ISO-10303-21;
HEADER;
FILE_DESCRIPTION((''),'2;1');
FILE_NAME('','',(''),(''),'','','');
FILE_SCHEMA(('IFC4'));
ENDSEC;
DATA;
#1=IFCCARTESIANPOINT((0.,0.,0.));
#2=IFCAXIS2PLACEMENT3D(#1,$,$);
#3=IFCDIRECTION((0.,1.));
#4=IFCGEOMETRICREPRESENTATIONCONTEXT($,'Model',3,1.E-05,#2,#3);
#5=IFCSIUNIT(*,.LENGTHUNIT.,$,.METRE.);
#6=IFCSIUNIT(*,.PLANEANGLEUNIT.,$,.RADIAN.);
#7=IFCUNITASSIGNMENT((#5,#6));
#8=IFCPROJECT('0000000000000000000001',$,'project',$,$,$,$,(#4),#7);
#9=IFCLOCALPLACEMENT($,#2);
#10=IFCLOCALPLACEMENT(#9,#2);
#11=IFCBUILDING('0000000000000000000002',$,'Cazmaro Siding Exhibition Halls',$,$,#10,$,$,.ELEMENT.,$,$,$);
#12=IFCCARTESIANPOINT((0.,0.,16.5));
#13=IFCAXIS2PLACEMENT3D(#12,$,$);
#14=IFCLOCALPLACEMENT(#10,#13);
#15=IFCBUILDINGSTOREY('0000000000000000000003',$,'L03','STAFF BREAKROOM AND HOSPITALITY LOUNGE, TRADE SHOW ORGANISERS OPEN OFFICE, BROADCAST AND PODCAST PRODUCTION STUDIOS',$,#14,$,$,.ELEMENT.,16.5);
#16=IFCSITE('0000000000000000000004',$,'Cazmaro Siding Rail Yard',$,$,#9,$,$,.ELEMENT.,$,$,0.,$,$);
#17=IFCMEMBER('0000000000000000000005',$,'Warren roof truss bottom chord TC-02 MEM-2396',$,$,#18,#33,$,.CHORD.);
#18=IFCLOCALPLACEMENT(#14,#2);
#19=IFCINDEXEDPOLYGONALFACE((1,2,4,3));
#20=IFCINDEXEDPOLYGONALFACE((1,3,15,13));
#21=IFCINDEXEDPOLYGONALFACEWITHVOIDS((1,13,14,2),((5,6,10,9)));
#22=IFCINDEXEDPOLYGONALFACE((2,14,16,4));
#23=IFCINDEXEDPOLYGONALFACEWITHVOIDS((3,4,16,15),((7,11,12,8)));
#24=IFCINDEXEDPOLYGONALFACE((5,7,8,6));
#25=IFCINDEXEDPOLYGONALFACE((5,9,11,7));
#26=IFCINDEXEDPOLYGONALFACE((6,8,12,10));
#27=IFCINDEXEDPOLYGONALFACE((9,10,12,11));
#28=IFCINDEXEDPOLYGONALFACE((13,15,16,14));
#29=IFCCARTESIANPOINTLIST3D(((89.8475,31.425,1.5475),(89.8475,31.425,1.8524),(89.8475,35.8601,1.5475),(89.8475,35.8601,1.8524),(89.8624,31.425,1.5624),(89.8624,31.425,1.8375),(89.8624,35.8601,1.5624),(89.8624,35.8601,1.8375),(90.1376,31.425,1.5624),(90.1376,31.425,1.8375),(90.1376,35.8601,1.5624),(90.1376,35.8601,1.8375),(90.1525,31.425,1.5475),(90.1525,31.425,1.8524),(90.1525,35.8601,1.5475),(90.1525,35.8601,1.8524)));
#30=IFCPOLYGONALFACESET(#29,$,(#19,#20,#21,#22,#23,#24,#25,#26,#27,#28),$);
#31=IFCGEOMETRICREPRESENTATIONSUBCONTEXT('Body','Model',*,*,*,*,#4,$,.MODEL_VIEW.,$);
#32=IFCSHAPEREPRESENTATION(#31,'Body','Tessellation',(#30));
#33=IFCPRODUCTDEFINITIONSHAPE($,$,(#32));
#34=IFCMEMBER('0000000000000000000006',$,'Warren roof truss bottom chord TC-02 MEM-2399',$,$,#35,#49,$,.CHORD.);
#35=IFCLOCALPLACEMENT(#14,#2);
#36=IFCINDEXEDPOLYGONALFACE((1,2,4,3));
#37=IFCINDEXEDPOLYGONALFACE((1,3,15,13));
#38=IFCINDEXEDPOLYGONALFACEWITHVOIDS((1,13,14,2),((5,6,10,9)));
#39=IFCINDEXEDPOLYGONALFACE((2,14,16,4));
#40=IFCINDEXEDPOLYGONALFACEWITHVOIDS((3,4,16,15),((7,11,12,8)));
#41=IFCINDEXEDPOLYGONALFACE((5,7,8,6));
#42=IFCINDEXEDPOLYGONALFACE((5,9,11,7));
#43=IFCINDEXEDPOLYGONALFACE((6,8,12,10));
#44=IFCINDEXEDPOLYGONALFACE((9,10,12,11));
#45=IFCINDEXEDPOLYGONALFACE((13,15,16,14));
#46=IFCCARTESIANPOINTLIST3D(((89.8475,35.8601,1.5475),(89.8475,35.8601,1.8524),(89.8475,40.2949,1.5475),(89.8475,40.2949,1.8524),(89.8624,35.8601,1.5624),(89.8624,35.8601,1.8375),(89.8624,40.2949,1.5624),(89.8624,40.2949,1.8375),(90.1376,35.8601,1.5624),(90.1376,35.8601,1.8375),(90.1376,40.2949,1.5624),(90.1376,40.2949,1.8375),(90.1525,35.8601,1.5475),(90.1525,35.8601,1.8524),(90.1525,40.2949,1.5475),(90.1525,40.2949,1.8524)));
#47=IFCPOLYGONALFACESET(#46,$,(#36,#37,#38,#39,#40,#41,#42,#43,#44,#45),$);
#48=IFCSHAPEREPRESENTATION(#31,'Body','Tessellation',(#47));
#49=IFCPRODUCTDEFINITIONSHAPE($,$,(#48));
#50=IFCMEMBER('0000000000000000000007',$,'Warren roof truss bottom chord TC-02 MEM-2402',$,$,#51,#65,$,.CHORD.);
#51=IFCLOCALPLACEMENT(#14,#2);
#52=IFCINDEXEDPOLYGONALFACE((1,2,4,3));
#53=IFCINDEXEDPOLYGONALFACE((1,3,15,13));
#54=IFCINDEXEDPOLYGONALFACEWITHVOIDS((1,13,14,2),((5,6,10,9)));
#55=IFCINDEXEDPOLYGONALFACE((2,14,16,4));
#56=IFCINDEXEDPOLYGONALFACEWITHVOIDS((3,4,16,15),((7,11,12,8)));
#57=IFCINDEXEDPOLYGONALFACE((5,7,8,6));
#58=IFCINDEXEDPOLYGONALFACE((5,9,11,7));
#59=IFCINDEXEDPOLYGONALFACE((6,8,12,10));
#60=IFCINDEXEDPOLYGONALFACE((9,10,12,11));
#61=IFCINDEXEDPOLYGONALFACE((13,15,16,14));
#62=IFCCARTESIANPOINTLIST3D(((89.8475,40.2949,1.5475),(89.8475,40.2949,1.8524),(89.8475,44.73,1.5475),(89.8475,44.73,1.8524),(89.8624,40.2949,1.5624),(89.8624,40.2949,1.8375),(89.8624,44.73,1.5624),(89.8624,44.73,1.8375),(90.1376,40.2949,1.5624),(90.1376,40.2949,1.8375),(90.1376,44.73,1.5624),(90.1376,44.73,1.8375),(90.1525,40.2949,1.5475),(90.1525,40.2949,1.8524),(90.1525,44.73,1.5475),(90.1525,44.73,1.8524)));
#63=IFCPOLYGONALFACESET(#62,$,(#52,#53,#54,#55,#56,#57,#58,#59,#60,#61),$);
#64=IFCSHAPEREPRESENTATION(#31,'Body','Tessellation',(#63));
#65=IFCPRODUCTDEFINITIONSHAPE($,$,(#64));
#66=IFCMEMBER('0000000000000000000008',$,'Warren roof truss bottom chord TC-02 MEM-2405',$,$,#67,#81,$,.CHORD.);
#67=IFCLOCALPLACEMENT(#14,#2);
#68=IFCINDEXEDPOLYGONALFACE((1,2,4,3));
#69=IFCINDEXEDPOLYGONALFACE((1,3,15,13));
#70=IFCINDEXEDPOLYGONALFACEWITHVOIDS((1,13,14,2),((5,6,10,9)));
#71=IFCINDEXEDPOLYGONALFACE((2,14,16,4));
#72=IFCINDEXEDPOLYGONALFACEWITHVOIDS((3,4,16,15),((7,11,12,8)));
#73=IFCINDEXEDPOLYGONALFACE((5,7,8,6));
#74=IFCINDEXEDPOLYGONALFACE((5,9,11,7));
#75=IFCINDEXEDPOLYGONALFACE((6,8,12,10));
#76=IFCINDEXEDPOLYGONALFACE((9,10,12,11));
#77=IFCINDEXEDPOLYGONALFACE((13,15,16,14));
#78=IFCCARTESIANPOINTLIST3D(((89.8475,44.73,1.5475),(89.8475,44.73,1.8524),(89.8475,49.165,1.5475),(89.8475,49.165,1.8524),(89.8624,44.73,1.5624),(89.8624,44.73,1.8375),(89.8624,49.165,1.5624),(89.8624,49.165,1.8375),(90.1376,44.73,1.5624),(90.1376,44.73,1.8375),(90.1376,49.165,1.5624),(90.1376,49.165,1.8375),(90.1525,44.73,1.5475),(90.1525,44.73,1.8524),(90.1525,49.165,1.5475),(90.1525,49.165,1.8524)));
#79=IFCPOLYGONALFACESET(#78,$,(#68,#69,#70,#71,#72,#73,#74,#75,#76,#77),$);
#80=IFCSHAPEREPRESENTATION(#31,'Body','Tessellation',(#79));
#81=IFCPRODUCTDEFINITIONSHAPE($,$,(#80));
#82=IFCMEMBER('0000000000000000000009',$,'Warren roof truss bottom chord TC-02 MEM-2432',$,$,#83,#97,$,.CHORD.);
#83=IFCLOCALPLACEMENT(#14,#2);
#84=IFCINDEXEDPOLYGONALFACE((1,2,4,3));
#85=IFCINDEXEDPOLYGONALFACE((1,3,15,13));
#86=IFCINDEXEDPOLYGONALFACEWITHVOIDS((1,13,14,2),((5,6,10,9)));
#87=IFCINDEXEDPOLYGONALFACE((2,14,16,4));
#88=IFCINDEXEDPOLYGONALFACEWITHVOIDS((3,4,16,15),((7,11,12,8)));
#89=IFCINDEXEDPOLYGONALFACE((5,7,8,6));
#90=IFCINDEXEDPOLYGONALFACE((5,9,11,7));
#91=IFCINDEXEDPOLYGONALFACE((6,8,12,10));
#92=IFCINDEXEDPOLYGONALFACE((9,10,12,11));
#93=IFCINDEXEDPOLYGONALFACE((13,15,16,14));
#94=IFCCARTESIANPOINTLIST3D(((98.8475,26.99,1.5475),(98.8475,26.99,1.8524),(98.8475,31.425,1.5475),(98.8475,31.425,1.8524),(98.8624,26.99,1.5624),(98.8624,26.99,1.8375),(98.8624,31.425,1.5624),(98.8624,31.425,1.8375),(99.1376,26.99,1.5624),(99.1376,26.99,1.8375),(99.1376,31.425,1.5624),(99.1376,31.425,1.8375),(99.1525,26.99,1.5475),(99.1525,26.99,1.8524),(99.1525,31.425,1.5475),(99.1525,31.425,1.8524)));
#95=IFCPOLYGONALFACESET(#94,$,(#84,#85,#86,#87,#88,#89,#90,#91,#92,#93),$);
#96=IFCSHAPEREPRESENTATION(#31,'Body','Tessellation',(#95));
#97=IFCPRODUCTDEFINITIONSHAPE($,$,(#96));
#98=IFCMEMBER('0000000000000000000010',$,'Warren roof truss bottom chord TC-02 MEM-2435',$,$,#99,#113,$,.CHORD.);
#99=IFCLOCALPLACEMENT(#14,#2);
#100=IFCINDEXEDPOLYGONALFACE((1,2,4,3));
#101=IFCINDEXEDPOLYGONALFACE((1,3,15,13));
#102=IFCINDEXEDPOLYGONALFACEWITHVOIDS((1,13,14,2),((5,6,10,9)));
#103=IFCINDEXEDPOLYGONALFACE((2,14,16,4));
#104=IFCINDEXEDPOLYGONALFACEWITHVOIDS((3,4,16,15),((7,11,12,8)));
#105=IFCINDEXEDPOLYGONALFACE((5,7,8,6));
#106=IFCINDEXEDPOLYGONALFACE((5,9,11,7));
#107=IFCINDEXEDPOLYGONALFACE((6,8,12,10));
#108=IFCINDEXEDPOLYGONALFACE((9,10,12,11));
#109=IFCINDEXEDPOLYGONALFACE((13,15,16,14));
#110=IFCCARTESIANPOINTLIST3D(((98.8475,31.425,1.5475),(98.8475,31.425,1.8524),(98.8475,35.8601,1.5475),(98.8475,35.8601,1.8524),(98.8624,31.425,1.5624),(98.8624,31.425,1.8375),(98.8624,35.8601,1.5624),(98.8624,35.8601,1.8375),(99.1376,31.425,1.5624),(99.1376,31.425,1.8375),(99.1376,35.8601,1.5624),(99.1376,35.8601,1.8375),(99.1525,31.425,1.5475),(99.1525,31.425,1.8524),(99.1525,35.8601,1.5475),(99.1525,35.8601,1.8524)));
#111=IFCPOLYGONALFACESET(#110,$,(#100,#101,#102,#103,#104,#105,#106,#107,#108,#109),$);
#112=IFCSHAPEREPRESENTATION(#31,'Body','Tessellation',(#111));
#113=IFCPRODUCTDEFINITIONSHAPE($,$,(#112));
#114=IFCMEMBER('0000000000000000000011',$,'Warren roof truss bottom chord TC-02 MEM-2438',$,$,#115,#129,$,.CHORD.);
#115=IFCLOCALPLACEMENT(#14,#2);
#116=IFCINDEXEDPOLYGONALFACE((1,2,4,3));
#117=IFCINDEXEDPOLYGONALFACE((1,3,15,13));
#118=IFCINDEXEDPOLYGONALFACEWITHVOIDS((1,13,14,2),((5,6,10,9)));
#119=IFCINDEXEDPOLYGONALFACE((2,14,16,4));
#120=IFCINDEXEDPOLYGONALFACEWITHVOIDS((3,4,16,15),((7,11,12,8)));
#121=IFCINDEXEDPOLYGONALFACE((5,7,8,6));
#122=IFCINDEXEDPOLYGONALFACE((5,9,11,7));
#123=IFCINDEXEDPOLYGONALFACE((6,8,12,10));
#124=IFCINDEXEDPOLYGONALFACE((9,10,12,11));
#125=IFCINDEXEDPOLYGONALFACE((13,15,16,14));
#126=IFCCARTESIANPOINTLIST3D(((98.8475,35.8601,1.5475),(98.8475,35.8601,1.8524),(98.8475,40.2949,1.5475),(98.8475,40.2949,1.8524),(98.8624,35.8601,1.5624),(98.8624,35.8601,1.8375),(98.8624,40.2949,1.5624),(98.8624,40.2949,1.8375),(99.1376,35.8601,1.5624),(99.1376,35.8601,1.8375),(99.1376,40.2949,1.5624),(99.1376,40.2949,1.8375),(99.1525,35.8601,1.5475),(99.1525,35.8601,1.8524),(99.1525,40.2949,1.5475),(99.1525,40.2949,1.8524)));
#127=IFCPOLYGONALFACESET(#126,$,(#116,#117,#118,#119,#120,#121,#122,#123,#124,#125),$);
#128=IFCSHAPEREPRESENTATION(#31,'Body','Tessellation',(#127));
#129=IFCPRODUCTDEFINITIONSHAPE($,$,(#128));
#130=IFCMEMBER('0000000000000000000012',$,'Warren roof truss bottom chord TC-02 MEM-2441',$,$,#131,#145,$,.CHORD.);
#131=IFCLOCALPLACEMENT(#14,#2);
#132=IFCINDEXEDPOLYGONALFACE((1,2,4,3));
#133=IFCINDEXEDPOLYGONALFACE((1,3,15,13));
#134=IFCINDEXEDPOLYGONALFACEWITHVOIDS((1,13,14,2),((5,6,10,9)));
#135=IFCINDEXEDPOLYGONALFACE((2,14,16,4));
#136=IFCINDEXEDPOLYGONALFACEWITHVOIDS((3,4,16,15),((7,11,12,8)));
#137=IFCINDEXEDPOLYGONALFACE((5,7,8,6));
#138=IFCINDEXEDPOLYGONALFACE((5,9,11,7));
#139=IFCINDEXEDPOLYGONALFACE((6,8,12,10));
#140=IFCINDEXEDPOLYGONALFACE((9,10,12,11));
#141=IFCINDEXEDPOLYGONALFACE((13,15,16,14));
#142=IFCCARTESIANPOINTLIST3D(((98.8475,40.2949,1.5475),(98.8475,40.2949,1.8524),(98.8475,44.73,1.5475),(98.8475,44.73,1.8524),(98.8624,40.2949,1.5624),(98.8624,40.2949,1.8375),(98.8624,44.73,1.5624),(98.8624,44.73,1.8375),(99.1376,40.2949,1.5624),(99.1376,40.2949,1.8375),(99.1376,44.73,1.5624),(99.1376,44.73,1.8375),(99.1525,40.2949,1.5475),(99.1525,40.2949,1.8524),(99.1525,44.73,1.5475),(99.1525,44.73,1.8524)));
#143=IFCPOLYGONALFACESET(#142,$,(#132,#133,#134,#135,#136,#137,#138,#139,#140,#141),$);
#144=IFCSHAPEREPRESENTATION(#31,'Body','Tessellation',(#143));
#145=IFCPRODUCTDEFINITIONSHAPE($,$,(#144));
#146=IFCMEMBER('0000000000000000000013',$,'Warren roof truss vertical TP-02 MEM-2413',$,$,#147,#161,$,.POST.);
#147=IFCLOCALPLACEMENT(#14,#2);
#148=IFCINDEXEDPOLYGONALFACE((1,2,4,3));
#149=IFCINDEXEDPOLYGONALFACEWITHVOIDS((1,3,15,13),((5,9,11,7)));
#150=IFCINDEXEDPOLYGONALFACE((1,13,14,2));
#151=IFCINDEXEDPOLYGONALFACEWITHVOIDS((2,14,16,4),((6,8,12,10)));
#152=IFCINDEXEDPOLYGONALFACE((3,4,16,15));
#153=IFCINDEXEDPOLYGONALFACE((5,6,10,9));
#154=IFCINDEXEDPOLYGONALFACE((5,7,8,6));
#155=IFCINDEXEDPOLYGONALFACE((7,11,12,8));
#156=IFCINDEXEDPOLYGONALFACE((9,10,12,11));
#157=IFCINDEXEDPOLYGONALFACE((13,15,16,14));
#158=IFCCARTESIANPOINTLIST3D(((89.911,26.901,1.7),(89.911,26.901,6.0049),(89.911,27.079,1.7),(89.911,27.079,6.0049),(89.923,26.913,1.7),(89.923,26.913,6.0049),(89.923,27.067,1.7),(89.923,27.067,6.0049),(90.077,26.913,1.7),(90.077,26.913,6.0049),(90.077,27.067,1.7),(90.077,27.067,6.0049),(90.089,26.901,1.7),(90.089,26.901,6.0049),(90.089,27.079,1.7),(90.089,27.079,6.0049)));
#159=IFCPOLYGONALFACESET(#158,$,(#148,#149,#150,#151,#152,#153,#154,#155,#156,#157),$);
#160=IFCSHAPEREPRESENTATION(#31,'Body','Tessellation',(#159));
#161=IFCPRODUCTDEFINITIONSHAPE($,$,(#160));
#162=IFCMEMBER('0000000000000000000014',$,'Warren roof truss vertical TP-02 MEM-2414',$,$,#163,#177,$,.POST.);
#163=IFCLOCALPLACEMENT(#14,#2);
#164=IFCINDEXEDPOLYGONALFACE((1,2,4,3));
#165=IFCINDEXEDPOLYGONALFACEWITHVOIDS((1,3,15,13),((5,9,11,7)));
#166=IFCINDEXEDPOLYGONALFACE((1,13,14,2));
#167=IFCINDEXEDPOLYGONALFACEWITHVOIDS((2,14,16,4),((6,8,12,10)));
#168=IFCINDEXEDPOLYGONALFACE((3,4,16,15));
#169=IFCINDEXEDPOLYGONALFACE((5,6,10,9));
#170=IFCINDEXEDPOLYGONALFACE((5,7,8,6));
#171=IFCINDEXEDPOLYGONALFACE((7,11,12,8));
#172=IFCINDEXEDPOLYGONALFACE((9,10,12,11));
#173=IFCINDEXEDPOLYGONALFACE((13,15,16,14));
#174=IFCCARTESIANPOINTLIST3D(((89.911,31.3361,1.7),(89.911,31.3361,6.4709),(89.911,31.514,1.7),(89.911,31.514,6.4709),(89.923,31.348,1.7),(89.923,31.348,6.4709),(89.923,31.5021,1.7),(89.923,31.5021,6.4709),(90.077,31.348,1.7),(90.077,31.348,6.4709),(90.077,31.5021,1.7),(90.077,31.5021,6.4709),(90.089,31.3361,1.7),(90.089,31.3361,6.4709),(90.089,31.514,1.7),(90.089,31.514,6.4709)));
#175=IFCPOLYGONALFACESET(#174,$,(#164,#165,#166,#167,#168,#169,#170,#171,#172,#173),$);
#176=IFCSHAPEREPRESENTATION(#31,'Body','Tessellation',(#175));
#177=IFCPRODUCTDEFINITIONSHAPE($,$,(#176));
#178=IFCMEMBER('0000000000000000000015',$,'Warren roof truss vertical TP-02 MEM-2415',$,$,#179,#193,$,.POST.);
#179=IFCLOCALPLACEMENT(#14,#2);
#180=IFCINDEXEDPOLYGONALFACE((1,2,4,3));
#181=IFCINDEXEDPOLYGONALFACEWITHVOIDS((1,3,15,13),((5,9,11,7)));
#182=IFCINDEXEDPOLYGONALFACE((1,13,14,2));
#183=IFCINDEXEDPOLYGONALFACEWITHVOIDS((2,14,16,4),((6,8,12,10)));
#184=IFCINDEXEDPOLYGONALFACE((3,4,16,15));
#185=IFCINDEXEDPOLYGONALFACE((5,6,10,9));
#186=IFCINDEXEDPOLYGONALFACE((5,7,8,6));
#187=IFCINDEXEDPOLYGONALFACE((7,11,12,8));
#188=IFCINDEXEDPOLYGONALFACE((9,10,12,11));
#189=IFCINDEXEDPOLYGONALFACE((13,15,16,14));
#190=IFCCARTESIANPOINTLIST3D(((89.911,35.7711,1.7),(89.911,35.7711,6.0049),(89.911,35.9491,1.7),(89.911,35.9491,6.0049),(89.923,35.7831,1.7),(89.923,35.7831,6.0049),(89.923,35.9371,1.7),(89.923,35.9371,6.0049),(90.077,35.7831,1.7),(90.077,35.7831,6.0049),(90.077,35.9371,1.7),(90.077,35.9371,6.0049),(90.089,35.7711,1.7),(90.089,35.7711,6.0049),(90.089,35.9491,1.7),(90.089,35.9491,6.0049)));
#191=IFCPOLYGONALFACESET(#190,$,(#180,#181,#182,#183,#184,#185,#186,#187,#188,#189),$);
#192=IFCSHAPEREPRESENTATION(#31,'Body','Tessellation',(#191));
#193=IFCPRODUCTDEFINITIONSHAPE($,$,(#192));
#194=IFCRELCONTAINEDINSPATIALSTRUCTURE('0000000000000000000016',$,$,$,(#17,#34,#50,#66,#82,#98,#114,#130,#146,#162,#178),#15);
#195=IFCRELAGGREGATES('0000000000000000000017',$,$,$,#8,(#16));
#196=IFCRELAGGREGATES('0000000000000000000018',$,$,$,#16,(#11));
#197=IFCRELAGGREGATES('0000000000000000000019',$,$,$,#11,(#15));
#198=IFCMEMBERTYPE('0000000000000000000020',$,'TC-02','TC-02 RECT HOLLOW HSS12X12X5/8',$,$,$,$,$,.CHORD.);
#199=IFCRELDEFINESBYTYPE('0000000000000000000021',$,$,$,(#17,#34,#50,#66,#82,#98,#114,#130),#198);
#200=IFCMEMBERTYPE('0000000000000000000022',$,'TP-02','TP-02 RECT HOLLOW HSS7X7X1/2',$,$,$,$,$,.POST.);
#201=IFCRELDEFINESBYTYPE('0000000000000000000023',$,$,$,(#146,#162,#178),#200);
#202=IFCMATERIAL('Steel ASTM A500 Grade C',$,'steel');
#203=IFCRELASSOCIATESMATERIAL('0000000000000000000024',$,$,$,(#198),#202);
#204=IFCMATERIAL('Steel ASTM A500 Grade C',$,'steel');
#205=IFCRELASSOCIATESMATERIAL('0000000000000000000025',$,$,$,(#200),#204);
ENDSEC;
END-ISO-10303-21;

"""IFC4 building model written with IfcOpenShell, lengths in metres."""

from ifc_helpers import new_model, si_unit, direction, frame, origin, origin_2d, place, context, subcontext, project, spatial, hollow_rectangle, extrude, material, material_profile, profile_set, type_object, element, save


model = new_model("IFC4")

# Units and contexts
model_context = context("Model", 3, precision=1e-05, world=origin(), true_north=direction((0.0, 1.0)))
body_context = subcontext(model_context, "Body", "Model", "MODEL_VIEW")
ifc_project = project(units=[si_unit("LENGTHUNIT", "METRE"), si_unit("PLANEANGLEUNIT", "RADIAN")], contexts=[model_context])

# Site, building, storey
site_placement = place(None, origin())
site = spatial("IfcSite", under=ifc_project, at=site_placement, Name="Cazmaro Siding Rail Yard", CompositionType="ELEMENT", RefElevation=0.0)
building_placement = place(site_placement, origin())
building = spatial("IfcBuilding", under=site, at=building_placement, Name="Cazmaro Siding Exhibition Halls", CompositionType="ELEMENT")
storey_placement = place(building_placement, frame((0.0, 0.0, 16.5)))
storey = spatial("IfcBuildingStorey", under=building, at=storey_placement, Name="L03", Description="STAFF BREAKROOM AND HOSPITALITY LOUNGE, TRADE SHOW ORGANISERS OPEN OFFICE, BROADCAST AND PODCAST PRODUCTION STUDIOS", CompositionType="ELEMENT", Elevation=16.5)

# Members
ifc_material_1 = material(Name="Steel ASTM A500 Grade C", Category="steel")
ifc_material_profile_1 = material_profile(ifc_material_1, hollow_rectangle(XDim=0.3049, YDim=0.3049, WallThickness=0.0149, at=origin_2d()), Name="HSS12X12X5/8")
ifc_profile_set_1 = profile_set([ifc_material_profile_1], Name="Steel ASTM A500 Grade C")
member_type_1 = type_object("IfcMemberType", Name="TC-02", Description="TC-02 RECT HOLLOW HSS12X12X5/8", PredefinedType="CHORD", material=ifc_profile_set_1)
member_1_placement = place(storey_placement, frame((90.0, 31.425, 1.7), z_axis=(0.0, 1.0, 0.0), x_axis=(-1.0, 0.0, 0.0)))
element("IfcMember", 1, at=member_1_placement, inside=storey, type_object=member_type_1, Name="Warren roof truss bottom chord TC-02 MEM-2396", PredefinedType="CHORD", context=body_context, shape_type="SweptSolid", body=[
    extrude(hollow_rectangle(XDim=0.3049, YDim=0.3049, WallThickness=0.0149, at=origin_2d()), origin(), (0.0, 0.0, 1.0), 4.4351),
])
member_2_placement = place(storey_placement, frame((90.0, 35.8601, 1.7), z_axis=(0.0, 1.0, 0.0), x_axis=(-1.0, 0.0, 0.0)))
element("IfcMember", 2, at=member_2_placement, inside=storey, type_object=member_type_1, Name="Warren roof truss bottom chord TC-02 MEM-2399", PredefinedType="CHORD", context=body_context, shape_type="SweptSolid", body=[
    extrude(hollow_rectangle(XDim=0.3049, YDim=0.3049, WallThickness=0.0149, at=origin_2d()), origin(), (0.0, 0.0, 1.0), 4.4348),
])
for number, where, z_axis, x_axis, name in (
    (3, (90.0, 40.2949, 1.7), (0.0, 1.0, 0.0), (-1.0, 0.0, 0.0), "Warren roof truss bottom chord TC-02 MEM-2402"),
    (4, (90.0, 44.73, 1.7), (0.0, 1.0, 0.0), (-1.0, 0.0, 0.0), "Warren roof truss bottom chord TC-02 MEM-2405"),
    (5, (99.0, 26.99, 1.7), (0.0, 1.0, 0.0), (-1.0, 0.0, 0.0), "Warren roof truss bottom chord TC-02 MEM-2432"),
    (6, (99.0, 31.425, 1.7), (0.0, 1.0, 0.0), (-1.0, 0.0, 0.0), "Warren roof truss bottom chord TC-02 MEM-2435"),
):
    element("IfcMember", number, at=place(storey_placement, frame(where, z_axis=z_axis, x_axis=x_axis)), inside=storey, type_object=member_type_1, Name=name, PredefinedType="CHORD", context=body_context, shape_type="SweptSolid", body=[
        extrude(hollow_rectangle(XDim=0.3049, YDim=0.3049, WallThickness=0.0149, at=origin_2d()), origin(), (0.0, 0.0, 1.0), 4.4351),
    ])
member_3_placement = place(storey_placement, frame((99.0, 35.8601, 1.7), z_axis=(0.0, 1.0, 0.0), x_axis=(-1.0, 0.0, 0.0)))
element("IfcMember", 7, at=member_3_placement, inside=storey, type_object=member_type_1, Name="Warren roof truss bottom chord TC-02 MEM-2438", PredefinedType="CHORD", context=body_context, shape_type="SweptSolid", body=[
    extrude(hollow_rectangle(XDim=0.3049, YDim=0.3049, WallThickness=0.0149, at=origin_2d()), origin(), (0.0, 0.0, 1.0), 4.4348),
])
member_4_placement = place(storey_placement, frame((99.0, 40.2949, 1.7), z_axis=(0.0, 1.0, 0.0), x_axis=(-1.0, 0.0, 0.0)))
element("IfcMember", 8, at=member_4_placement, inside=storey, type_object=member_type_1, Name="Warren roof truss bottom chord TC-02 MEM-2441", PredefinedType="CHORD", context=body_context, shape_type="SweptSolid", body=[
    extrude(hollow_rectangle(XDim=0.3049, YDim=0.3049, WallThickness=0.0149, at=origin_2d()), origin(), (0.0, 0.0, 1.0), 4.4351),
])
ifc_material_2 = material(Name="Steel ASTM A500 Grade C", Category="steel")
ifc_material_profile_2 = material_profile(ifc_material_2, hollow_rectangle(XDim=0.178, YDim=0.178, WallThickness=0.012, at=origin_2d()), Name="HSS7X7X1/2")
ifc_profile_set_2 = profile_set([ifc_material_profile_2], Name="Steel ASTM A500 Grade C")
member_type_2 = type_object("IfcMemberType", Name="TP-02", Description="TP-02 RECT HOLLOW HSS7X7X1/2", PredefinedType="POST", material=ifc_profile_set_2)
member_5_placement = place(storey_placement, frame((90.0, 26.99, 1.7), z_axis=(0.0, 0.0, 1.0), x_axis=(1.0, 0.0, 0.0)))
element("IfcMember", 9, at=member_5_placement, inside=storey, type_object=member_type_2, Name="Warren roof truss vertical TP-02 MEM-2413", PredefinedType="POST", context=body_context, shape_type="SweptSolid", body=[
    extrude(hollow_rectangle(XDim=0.178, YDim=0.178, WallThickness=0.012, at=origin_2d()), origin(), (0.0, 0.0, 1.0), 4.3049),
])
member_6_placement = place(storey_placement, frame((90.0, 31.425, 1.7), z_axis=(0.0, 0.0, 1.0), x_axis=(1.0, 0.0, 0.0)))
element("IfcMember", 10, at=member_6_placement, inside=storey, type_object=member_type_2, Name="Warren roof truss vertical TP-02 MEM-2414", PredefinedType="POST", context=body_context, shape_type="SweptSolid", body=[
    extrude(hollow_rectangle(XDim=0.178, YDim=0.178, WallThickness=0.012, at=origin_2d()), origin(), (0.0, 0.0, 1.0), 4.771),
])
member_7_placement = place(storey_placement, frame((90.0, 35.8601, 1.7), z_axis=(0.0, 0.0, 1.0), x_axis=(1.0, 0.0, 0.0)))
element("IfcMember", 11, at=member_7_placement, inside=storey, type_object=member_type_2, Name="Warren roof truss vertical TP-02 MEM-2415", PredefinedType="POST", context=body_context, shape_type="SweptSolid", body=[
    extrude(hollow_rectangle(XDim=0.178, YDim=0.178, WallThickness=0.012, at=origin_2d()), origin(), (0.0, 0.0, 1.0), 4.3049),
])

save(model, "model.ifc")
